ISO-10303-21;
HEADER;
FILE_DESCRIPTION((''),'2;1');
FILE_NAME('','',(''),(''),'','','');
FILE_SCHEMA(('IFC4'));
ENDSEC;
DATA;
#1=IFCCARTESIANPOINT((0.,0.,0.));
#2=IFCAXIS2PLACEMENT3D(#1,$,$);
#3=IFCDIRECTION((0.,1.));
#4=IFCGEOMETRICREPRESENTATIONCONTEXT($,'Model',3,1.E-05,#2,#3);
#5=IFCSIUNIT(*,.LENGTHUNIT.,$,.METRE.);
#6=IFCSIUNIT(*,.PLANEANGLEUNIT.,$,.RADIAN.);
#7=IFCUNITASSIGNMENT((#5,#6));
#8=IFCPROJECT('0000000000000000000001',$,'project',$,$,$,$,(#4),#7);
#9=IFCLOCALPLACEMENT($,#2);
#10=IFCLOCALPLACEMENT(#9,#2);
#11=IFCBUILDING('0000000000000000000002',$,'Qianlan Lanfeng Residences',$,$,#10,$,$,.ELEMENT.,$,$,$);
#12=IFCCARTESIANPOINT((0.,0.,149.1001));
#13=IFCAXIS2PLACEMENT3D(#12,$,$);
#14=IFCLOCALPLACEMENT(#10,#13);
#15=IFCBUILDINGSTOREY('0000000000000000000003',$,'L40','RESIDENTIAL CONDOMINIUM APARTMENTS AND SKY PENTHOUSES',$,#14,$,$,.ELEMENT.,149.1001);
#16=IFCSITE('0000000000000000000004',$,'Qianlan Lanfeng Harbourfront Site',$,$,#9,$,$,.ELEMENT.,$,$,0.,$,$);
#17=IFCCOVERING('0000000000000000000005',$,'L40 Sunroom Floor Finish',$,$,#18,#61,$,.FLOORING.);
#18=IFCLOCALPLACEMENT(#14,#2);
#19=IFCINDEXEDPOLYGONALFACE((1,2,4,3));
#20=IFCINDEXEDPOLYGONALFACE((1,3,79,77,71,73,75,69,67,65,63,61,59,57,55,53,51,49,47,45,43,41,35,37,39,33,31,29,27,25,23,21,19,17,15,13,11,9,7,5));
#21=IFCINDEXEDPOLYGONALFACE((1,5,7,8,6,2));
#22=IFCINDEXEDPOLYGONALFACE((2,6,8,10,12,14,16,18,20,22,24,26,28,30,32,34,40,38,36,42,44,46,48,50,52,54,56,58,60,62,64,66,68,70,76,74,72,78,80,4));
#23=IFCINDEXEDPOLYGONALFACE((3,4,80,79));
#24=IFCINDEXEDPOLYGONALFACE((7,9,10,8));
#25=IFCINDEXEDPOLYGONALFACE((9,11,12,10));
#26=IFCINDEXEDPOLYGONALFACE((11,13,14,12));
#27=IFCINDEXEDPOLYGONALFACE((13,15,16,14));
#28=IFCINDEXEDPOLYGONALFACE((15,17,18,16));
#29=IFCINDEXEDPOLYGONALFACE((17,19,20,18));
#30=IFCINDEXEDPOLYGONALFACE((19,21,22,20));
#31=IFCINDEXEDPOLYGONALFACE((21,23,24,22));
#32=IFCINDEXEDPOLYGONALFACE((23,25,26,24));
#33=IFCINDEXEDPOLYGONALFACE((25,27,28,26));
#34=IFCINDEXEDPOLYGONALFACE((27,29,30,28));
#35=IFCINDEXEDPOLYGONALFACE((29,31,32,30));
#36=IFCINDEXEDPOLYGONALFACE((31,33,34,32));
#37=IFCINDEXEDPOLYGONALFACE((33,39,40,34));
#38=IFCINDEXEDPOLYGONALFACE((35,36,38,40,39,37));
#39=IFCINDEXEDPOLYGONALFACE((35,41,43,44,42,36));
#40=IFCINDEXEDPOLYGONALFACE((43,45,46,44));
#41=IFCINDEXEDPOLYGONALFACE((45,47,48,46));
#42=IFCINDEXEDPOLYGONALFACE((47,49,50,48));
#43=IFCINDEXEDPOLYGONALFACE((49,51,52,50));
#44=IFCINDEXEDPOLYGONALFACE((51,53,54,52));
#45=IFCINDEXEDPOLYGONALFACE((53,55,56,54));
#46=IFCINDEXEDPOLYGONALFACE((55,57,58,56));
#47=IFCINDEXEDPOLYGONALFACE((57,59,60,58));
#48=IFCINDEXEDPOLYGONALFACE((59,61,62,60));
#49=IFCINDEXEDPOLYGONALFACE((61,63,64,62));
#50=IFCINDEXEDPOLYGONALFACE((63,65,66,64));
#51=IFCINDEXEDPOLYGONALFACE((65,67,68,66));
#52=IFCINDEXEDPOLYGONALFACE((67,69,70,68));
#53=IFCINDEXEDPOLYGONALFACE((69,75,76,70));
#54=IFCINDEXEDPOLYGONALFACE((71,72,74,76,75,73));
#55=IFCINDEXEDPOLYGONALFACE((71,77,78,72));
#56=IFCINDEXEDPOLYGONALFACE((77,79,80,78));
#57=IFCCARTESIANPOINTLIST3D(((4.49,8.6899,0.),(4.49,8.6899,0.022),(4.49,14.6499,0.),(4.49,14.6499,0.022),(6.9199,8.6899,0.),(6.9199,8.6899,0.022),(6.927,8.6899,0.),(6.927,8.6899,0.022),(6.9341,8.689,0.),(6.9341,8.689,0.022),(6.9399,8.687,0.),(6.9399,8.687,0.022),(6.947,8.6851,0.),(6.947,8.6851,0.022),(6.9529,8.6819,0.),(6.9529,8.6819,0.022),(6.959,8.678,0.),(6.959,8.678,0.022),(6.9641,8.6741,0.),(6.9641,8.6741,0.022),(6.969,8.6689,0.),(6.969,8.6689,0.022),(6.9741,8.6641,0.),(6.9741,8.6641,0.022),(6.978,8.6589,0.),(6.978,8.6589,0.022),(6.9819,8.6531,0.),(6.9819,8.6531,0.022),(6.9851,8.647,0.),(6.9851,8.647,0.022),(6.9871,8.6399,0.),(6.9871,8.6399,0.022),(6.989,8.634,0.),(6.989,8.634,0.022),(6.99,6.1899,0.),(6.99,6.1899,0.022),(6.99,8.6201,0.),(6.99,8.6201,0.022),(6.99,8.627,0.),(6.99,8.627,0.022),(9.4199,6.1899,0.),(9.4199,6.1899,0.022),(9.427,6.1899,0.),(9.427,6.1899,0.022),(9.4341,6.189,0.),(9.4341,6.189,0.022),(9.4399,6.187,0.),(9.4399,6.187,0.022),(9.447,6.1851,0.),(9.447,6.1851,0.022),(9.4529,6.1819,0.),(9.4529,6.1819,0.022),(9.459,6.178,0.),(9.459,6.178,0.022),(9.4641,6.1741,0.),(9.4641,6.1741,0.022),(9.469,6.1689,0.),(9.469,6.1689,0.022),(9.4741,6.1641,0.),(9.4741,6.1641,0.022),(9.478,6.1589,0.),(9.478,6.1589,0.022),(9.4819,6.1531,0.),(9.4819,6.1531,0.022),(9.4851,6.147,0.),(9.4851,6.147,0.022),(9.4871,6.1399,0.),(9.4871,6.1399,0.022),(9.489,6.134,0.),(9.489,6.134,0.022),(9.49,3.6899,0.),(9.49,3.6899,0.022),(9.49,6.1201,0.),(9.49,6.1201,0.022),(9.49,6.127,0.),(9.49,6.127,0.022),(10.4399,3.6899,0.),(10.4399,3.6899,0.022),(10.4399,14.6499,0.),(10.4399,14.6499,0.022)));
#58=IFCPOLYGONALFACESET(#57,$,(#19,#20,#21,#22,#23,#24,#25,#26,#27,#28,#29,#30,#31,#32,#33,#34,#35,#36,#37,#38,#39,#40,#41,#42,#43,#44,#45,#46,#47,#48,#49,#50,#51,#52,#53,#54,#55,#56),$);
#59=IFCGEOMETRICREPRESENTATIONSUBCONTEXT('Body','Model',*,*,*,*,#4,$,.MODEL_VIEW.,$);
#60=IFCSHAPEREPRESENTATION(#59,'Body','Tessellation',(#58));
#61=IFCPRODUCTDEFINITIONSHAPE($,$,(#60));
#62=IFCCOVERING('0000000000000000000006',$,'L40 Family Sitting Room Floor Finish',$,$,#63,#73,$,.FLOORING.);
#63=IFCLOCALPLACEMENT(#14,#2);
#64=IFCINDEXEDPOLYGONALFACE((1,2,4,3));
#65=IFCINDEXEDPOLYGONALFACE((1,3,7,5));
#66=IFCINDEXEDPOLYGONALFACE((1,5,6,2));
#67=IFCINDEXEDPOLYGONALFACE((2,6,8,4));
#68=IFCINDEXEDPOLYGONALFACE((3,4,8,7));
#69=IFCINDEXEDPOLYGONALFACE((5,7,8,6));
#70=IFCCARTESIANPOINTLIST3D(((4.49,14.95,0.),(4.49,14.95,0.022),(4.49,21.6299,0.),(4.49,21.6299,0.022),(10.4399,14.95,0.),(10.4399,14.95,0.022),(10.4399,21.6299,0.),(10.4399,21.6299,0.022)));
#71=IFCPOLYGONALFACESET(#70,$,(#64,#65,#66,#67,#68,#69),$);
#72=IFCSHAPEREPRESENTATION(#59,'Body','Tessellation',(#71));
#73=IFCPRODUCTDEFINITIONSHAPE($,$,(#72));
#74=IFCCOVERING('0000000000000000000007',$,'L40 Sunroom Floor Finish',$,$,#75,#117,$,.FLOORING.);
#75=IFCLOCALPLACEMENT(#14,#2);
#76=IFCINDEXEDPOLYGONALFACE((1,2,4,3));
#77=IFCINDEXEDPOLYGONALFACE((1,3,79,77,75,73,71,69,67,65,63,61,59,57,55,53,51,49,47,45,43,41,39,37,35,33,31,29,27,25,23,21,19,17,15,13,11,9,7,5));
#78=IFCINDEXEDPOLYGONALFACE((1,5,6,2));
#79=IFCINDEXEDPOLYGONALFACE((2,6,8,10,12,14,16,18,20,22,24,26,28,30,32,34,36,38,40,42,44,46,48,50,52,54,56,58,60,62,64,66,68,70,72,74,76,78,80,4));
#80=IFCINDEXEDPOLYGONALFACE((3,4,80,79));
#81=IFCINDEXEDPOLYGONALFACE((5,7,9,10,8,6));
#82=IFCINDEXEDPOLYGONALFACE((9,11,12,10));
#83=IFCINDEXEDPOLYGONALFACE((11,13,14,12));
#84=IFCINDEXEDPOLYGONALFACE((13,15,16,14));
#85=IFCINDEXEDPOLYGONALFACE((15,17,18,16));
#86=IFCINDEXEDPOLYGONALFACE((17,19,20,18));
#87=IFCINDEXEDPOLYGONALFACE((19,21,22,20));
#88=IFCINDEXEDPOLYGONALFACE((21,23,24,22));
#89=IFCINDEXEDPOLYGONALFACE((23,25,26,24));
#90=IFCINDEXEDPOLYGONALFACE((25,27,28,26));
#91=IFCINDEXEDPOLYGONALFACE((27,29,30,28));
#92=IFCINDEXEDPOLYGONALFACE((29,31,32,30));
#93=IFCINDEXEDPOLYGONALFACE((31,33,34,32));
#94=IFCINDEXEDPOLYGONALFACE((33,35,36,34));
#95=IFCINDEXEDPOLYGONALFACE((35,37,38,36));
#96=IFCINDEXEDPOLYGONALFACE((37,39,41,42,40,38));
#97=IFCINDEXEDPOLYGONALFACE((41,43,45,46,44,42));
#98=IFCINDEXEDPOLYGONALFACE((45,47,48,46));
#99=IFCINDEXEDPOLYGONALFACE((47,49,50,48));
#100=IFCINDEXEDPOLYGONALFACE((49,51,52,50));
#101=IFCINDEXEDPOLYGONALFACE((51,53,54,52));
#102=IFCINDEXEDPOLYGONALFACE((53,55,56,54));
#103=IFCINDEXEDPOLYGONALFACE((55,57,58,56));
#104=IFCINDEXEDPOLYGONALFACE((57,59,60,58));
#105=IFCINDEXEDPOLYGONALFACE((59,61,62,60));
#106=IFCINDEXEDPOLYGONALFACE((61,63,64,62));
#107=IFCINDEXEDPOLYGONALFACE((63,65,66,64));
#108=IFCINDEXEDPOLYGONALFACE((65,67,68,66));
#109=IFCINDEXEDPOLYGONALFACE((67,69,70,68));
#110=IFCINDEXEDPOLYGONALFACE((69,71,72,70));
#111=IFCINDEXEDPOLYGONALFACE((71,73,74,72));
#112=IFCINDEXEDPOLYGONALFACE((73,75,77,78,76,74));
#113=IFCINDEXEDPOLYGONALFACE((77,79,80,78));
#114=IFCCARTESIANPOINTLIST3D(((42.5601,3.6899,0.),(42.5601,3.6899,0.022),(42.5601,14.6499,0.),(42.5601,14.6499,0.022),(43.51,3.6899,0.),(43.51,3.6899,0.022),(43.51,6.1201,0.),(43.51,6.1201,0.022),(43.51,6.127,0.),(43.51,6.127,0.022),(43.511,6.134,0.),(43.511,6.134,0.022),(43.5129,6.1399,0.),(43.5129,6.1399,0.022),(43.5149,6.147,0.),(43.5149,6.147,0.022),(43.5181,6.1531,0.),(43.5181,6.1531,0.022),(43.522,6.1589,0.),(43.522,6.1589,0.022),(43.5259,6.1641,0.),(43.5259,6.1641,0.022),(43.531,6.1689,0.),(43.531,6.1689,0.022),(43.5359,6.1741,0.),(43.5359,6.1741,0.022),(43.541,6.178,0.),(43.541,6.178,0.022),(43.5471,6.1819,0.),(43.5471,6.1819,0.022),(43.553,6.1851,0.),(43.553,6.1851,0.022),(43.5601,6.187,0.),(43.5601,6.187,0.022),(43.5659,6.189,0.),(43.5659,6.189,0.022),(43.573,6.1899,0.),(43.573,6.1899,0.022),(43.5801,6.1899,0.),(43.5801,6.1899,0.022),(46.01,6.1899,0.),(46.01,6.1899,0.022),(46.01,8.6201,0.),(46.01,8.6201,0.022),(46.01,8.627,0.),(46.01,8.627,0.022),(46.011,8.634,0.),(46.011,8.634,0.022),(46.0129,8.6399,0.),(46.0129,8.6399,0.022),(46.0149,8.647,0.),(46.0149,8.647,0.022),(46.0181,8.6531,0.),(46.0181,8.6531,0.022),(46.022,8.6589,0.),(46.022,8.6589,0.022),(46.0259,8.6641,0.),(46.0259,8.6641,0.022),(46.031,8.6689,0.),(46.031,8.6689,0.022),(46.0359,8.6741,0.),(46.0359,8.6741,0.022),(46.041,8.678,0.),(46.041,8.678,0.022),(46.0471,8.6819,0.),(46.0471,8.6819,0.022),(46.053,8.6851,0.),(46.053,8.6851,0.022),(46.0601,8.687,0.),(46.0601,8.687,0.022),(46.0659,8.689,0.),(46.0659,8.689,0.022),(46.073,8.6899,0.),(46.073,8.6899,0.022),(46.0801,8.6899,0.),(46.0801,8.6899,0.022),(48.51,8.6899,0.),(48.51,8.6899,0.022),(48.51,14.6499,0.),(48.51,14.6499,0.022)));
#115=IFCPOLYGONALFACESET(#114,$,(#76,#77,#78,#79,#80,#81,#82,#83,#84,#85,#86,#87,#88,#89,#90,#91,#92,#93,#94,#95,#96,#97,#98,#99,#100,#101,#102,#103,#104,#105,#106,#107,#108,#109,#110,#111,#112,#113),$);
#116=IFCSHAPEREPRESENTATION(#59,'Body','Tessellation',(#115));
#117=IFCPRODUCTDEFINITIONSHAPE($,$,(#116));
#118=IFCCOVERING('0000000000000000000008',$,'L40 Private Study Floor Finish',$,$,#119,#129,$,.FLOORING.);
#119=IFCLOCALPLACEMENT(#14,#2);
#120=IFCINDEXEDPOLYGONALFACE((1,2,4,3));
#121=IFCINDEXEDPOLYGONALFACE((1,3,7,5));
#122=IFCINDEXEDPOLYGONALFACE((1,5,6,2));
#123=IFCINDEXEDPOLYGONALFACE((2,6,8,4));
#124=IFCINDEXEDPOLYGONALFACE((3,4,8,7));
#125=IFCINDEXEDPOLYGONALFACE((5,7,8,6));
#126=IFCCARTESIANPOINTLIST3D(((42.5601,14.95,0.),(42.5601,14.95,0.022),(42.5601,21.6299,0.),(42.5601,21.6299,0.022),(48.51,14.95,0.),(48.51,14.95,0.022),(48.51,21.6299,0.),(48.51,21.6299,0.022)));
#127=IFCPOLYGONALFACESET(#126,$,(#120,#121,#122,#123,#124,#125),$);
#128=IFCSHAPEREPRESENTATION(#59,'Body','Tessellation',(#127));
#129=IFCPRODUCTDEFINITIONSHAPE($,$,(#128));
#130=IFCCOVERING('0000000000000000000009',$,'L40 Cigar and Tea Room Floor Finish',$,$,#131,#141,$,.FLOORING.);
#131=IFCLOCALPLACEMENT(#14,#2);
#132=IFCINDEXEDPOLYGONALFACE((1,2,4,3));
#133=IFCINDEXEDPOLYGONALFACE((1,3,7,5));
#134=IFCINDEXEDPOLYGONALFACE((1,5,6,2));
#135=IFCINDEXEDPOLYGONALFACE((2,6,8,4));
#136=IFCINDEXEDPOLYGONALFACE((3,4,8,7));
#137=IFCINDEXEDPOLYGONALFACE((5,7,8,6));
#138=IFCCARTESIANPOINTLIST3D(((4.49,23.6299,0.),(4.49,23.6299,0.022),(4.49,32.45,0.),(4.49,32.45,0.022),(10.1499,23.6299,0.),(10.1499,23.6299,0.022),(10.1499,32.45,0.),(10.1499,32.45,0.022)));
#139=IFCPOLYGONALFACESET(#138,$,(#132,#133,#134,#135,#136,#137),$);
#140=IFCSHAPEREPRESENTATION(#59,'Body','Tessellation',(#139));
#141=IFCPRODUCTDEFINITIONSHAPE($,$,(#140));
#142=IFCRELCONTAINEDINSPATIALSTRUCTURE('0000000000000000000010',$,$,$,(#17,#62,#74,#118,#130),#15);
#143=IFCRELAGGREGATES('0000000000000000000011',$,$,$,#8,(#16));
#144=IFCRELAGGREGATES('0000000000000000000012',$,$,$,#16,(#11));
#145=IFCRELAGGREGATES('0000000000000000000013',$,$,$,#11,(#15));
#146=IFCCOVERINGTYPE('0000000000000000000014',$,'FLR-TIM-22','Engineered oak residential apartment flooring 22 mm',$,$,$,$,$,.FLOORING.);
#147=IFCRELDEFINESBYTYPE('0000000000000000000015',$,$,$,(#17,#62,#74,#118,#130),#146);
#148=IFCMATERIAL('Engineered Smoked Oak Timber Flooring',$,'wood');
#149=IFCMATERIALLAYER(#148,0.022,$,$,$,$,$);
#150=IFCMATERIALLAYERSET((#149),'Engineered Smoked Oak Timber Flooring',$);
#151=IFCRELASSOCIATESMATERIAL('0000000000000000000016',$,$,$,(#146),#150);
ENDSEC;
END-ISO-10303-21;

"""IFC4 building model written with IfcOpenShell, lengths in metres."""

from ifc_helpers import new_model, si_unit, direction, frame, origin, place, context, subcontext, project, spatial, polyline, outline, extrude, material, layer, layer_set, type_object, element, save


model = new_model("IFC4")

# Units and contexts
model_context = context("Model", 3, precision=1e-05, world=origin(), true_north=direction((0.0, 1.0)))
body_context = subcontext(model_context, "Body", "Model", "MODEL_VIEW")
ifc_project = project(units=[si_unit("LENGTHUNIT", "METRE"), si_unit("PLANEANGLEUNIT", "RADIAN")], contexts=[model_context])

# Site, building, storey
site_placement = place(None, origin())
site = spatial("IfcSite", under=ifc_project, at=site_placement, Name="Qianlan Lanfeng Harbourfront Site", CompositionType="ELEMENT", RefElevation=0.0)
building_placement = place(site_placement, origin())
building = spatial("IfcBuilding", under=site, at=building_placement, Name="Qianlan Lanfeng Residences", CompositionType="ELEMENT")
storey_placement = place(building_placement, frame((0.0, 0.0, 149.1001)))
storey = spatial("IfcBuildingStorey", under=building, at=storey_placement, Name="L40", Description="RESIDENTIAL CONDOMINIUM APARTMENTS AND SKY PENTHOUSES", CompositionType="ELEMENT", Elevation=149.1001)

# Coverings
ifc_material_1 = material(Name="Engineered Smoked Oak Timber Flooring", Category="wood")
ifc_layer_1 = layer(ifc_material_1, 0.022)
ifc_layer_set_1 = layer_set([ifc_layer_1], Name="Engineered Smoked Oak Timber Flooring")
covering_type_1 = type_object("IfcCoveringType", Name="FLR-TIM-22", Description="Engineered oak residential apartment flooring 22 mm", PredefinedType="FLOORING", material=ifc_layer_set_1)
covering_1_placement = place(storey_placement, origin())
element("IfcCovering", 1, at=covering_1_placement, inside=storey, type_object=covering_type_1, Name="L40 Sunroom Floor Finish", PredefinedType="FLOORING", context=body_context, shape_type="SweptSolid", body=[
    extrude(outline(polyline([(10.4399, 14.6499), (4.49, 14.6499), (4.49, 8.6899), (6.9199, 8.6899), (6.927, 8.6899), (6.9341, 8.689), (6.9399, 8.687), (6.947, 8.6851), (6.9529, 8.6819), (6.959, 8.678), (6.9641, 8.6741), (6.969, 8.6689), (6.9741, 8.6641), (6.978, 8.6589), (6.9819, 8.6531), (6.9851, 8.647), (6.9871, 8.6399), (6.989, 8.634), (6.99, 8.627), (6.99, 8.6201), (6.99, 6.1899), (9.4199, 6.1899), (9.427, 6.1899), (9.4341, 6.189), (9.4399, 6.187), (9.447, 6.1851), (9.4529, 6.1819), (9.459, 6.178), (9.4641, 6.1741), (9.469, 6.1689), (9.4741, 6.1641), (9.478, 6.1589), (9.4819, 6.1531), (9.4851, 6.147), (9.4871, 6.1399), (9.489, 6.134), (9.49, 6.127), (9.49, 6.1201), (9.49, 3.6899), (10.4399, 3.6899), (10.4399, 14.6499)])), origin(), (0.0, 0.0, 1.0), 0.022),
])
covering_2_placement = place(storey_placement, origin())
element("IfcCovering", 2, at=covering_2_placement, inside=storey, type_object=covering_type_1, Name="L40 Family Sitting Room Floor Finish", PredefinedType="FLOORING", context=body_context, shape_type="SweptSolid", body=[
    extrude(outline(polyline([(10.4399, 21.6299), (4.49, 21.6299), (4.49, 14.95), (10.4399, 14.95), (10.4399, 21.6299)])), origin(), (0.0, 0.0, 1.0), 0.022),
])
covering_3_placement = place(storey_placement, origin())
element("IfcCovering", 3, at=covering_3_placement, inside=storey, type_object=covering_type_1, Name="L40 Sunroom Floor Finish", PredefinedType="FLOORING", context=body_context, shape_type="SweptSolid", body=[
    extrude(outline(polyline([(48.51, 14.6499), (42.5601, 14.6499), (42.5601, 3.6899), (43.51, 3.6899), (43.51, 6.1201), (43.51, 6.127), (43.511, 6.134), (43.5129, 6.1399), (43.5149, 6.147), (43.5181, 6.1531), (43.522, 6.1589), (43.5259, 6.1641), (43.531, 6.1689), (43.5359, 6.1741), (43.541, 6.178), (43.5471, 6.1819), (43.553, 6.1851), (43.5601, 6.187), (43.5659, 6.189), (43.573, 6.1899), (43.5801, 6.1899), (46.01, 6.1899), (46.01, 8.6201), (46.01, 8.627), (46.011, 8.634), (46.0129, 8.6399), (46.0149, 8.647), (46.0181, 8.6531), (46.022, 8.6589), (46.0259, 8.6641), (46.031, 8.6689), (46.0359, 8.6741), (46.041, 8.678), (46.0471, 8.6819), (46.053, 8.6851), (46.0601, 8.687), (46.0659, 8.689), (46.073, 8.6899), (46.0801, 8.6899), (48.51, 8.6899), (48.51, 14.6499)])), origin(), (0.0, 0.0, 1.0), 0.022),
])
covering_4_placement = place(storey_placement, origin())
element("IfcCovering", 4, at=covering_4_placement, inside=storey, type_object=covering_type_1, Name="L40 Private Study Floor Finish", PredefinedType="FLOORING", context=body_context, shape_type="SweptSolid", body=[
    extrude(outline(polyline([(48.51, 21.6299), (42.5601, 21.6299), (42.5601, 14.95), (48.51, 14.95), (48.51, 21.6299)])), origin(), (0.0, 0.0, 1.0), 0.022),
])
covering_5_placement = place(storey_placement, origin())
element("IfcCovering", 5, at=covering_5_placement, inside=storey, type_object=covering_type_1, Name="L40 Cigar and Tea Room Floor Finish", PredefinedType="FLOORING", context=body_context, shape_type="SweptSolid", body=[
    extrude(outline(polyline([(10.1499, 32.45), (4.49, 32.45), (4.49, 23.6299), (10.1499, 23.6299), (10.1499, 32.45)])), origin(), (0.0, 0.0, 1.0), 0.022),
])

save(model, "model.ifc")
